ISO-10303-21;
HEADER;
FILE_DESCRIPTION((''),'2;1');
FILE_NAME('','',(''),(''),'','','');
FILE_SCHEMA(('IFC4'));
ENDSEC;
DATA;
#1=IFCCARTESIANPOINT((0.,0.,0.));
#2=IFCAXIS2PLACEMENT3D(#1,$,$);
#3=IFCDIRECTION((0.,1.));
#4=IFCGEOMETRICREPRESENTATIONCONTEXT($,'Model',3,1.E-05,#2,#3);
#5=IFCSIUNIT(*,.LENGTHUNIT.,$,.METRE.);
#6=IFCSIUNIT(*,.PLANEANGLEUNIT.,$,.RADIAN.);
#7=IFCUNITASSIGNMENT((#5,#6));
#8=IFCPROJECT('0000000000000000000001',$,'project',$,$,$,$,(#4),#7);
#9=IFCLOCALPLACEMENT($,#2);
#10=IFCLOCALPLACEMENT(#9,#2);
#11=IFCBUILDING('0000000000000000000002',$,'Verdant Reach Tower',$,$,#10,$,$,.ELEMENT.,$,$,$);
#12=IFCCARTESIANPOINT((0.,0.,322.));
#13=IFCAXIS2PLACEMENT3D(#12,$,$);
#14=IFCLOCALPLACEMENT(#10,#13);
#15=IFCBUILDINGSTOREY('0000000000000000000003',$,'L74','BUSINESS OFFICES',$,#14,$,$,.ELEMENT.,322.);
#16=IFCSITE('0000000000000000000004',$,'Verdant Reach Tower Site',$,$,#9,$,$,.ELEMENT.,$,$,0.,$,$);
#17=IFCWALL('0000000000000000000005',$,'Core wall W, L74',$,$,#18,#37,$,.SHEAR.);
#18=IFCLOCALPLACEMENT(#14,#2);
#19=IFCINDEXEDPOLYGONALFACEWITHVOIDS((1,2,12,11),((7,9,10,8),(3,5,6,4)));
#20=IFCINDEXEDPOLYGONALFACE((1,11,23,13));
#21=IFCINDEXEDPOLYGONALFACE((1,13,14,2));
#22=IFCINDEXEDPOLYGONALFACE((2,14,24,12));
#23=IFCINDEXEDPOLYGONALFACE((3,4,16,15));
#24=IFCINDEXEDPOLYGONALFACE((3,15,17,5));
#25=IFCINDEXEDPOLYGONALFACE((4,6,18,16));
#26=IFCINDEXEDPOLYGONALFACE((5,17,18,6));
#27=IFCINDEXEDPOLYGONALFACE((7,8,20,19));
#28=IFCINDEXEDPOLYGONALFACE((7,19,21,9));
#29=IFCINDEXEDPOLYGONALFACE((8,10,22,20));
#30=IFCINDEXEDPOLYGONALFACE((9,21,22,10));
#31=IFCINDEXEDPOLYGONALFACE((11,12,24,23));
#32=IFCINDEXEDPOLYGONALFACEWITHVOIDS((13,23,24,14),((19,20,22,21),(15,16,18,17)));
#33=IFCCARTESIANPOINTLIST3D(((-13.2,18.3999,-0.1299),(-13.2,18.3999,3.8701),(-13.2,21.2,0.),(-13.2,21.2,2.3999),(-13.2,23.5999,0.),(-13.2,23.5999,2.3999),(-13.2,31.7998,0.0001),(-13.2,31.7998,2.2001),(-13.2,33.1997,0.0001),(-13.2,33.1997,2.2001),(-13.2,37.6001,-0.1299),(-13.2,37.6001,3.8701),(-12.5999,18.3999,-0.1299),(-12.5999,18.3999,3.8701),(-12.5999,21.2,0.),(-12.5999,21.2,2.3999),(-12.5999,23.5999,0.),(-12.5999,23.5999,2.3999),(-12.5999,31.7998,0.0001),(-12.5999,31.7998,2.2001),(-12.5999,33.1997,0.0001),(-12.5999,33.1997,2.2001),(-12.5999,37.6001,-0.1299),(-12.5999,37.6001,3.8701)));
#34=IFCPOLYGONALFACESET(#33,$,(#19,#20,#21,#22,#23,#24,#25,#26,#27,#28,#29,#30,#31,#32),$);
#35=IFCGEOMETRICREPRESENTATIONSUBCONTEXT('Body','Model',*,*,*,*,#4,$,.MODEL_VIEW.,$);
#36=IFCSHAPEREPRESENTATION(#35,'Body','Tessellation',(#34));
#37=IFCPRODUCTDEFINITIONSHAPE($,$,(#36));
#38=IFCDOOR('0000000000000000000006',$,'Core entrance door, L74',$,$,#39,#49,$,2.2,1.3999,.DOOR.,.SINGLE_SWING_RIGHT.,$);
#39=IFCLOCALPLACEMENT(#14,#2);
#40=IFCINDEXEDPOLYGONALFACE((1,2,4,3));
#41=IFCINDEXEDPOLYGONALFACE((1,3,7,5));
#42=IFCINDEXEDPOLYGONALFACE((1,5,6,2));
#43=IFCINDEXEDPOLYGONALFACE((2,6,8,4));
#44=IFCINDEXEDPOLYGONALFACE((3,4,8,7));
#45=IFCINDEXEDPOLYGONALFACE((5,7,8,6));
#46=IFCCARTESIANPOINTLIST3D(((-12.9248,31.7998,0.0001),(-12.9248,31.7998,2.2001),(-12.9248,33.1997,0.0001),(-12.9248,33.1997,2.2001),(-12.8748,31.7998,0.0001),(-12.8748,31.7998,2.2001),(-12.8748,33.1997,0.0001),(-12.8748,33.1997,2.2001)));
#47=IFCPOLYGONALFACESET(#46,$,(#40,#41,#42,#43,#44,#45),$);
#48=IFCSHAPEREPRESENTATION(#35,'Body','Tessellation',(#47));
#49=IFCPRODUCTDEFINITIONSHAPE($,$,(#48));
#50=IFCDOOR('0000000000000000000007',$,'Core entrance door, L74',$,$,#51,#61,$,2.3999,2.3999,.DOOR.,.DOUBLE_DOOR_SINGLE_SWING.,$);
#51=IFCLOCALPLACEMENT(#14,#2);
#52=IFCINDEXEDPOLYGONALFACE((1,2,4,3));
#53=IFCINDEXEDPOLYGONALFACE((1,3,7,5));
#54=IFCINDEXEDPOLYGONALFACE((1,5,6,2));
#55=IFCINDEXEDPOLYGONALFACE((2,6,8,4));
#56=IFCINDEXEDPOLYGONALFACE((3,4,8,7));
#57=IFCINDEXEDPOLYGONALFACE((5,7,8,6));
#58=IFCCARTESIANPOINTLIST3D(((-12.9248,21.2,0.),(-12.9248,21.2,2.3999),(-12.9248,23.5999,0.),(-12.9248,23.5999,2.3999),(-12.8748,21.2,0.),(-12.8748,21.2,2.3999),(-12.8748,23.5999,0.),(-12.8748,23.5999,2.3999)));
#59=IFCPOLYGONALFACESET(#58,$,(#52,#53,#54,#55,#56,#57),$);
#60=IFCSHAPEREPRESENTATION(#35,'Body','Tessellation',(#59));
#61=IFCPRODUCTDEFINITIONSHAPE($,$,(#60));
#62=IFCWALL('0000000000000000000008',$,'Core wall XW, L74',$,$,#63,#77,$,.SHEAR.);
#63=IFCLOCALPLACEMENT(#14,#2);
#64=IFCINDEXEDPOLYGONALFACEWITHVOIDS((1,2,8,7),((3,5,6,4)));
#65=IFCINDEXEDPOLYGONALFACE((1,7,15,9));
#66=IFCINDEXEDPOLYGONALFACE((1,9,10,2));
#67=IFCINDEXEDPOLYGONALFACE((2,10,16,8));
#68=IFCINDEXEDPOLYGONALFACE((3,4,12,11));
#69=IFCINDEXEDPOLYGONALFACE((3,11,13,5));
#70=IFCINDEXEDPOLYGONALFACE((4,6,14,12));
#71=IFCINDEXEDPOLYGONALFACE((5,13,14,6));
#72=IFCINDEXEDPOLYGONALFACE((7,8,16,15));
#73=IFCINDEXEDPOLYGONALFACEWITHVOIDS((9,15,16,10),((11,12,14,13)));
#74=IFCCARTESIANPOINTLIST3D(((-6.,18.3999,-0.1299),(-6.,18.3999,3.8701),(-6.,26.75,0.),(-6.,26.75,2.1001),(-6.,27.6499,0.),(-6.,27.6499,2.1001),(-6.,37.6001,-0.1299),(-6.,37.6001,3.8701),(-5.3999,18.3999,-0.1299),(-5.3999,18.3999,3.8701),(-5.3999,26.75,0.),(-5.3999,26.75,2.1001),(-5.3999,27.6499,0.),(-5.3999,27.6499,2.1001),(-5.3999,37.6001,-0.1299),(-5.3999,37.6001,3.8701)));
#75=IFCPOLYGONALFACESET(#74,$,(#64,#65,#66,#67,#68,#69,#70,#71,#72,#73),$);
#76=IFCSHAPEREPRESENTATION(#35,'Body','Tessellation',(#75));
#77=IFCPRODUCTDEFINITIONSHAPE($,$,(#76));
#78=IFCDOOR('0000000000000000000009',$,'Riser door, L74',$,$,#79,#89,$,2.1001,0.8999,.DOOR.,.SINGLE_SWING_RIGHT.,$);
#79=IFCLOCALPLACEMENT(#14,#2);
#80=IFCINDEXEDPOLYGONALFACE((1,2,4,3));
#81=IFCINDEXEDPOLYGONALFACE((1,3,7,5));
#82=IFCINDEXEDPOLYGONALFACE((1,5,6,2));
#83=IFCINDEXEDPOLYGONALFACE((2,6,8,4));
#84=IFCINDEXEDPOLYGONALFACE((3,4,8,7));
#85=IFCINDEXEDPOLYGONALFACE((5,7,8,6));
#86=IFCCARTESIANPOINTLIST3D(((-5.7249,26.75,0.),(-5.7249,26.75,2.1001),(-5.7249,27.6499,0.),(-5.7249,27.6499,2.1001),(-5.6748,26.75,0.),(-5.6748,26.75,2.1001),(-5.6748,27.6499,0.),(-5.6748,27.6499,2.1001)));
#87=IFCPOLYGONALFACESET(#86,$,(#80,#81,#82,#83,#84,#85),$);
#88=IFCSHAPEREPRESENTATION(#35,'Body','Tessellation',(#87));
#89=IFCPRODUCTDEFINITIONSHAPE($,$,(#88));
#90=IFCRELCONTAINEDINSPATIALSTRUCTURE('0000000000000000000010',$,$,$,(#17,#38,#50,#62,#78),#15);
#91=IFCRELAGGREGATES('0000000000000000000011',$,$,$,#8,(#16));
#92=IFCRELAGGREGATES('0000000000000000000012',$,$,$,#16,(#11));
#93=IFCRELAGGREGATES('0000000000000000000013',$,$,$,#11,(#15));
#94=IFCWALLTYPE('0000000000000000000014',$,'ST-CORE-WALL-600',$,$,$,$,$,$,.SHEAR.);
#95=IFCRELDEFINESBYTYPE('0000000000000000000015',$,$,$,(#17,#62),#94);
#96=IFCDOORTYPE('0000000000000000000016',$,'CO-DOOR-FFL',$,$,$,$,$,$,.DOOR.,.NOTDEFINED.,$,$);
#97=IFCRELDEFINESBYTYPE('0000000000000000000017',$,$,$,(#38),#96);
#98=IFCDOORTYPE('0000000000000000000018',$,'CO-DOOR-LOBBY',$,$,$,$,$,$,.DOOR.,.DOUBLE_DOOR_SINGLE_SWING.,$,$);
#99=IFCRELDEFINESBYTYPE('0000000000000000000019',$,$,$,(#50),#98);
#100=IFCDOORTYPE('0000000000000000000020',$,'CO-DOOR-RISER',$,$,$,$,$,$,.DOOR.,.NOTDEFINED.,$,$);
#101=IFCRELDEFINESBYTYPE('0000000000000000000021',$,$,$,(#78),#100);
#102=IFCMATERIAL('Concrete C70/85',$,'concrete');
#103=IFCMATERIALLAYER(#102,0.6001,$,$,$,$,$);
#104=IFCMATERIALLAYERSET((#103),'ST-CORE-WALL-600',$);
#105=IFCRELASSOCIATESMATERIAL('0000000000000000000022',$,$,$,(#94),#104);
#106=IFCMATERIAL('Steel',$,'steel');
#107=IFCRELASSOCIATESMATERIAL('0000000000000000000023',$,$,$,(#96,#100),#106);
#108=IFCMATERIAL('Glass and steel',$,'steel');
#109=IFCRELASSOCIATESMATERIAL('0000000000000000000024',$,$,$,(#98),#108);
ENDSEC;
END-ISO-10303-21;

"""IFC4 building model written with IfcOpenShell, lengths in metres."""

from ifc_helpers import new_model, si_unit, direction, frame, frame_2d, origin, place, context, subcontext, project, spatial, rectangle, extrude, material, layer, layer_set, type_object, element, fill, save


model = new_model("IFC4")

# Units and contexts
model_context = context("Model", 3, precision=1e-05, world=origin(), true_north=direction((0.0, 1.0)))
body_context = subcontext(model_context, "Body", "Model", "MODEL_VIEW")
ifc_project = project(units=[si_unit("LENGTHUNIT", "METRE"), si_unit("PLANEANGLEUNIT", "RADIAN")], contexts=[model_context])

# Site, building, storey
site_placement = place(None, origin())
site = spatial("IfcSite", under=ifc_project, at=site_placement, Name="Verdant Reach Tower Site", CompositionType="ELEMENT", RefElevation=0.0)
building_placement = place(site_placement, origin())
building = spatial("IfcBuilding", under=site, at=building_placement, Name="Verdant Reach Tower", CompositionType="ELEMENT")
storey_placement = place(building_placement, frame((0.0, 0.0, 322.0)))
storey = spatial("IfcBuildingStorey", under=building, at=storey_placement, Name="L74", Description="BUSINESS OFFICES", CompositionType="ELEMENT", Elevation=322.0)

# Shared definitions
ifc_material_1 = material(Name="Concrete C70/85", Category="concrete")
ifc_layer_1 = layer(ifc_material_1, 0.6001)
ifc_layer_set_1 = layer_set([ifc_layer_1], Name="ST-CORE-WALL-600")
wall_type_1 = type_object("IfcWallType", Name="ST-CORE-WALL-600", PredefinedType="SHEAR", material=ifc_layer_set_1)

# Wall, openings, doors
wall_1_placement = place(storey_placement, frame((-12.8999, 18.3999, -0.1299), z_axis=(0.0, 0.0, 1.0), x_axis=(0.0, 1.0, 0.0)))
wall_1 = element("IfcWall", 1, at=wall_1_placement, inside=storey, type_object=wall_type_1, Name="Core wall W, L74", PredefinedType="SHEAR", context=body_context, shape_type="SweptSolid", body=[
    extrude(rectangle(XDim=19.2002, YDim=0.6001, at=frame_2d((9.6001, 0.0))), origin(), (0.0, 0.0, 1.0), 4.0),
])
opening_1_placement = place(wall_1_placement, frame((2.8, 0.0, 0.1299)))
opening_1 = element("IfcOpeningElement", 2, at=opening_1_placement, cuts=wall_1, PredefinedType="OPENING", context=body_context, shape_type="SweptSolid", body=[
    extrude(rectangle(XDim=2.3999, YDim=2.3999, at=frame_2d((1.2, 1.2))), frame((0.0, 0.3101, 0.0), z_axis=(0.0, -1.0, 0.0), x_axis=(1.0, 0.0, 0.0)), (0.0, 0.0, 1.0), 0.6201),
])
opening_2_placement = place(wall_1_placement, frame((13.3999, 0.0, 0.1299)))
opening_2 = element("IfcOpeningElement", 3, at=opening_2_placement, cuts=wall_1, PredefinedType="OPENING", context=body_context, shape_type="SweptSolid", body=[
    extrude(rectangle(XDim=1.3999, YDim=2.2, at=frame_2d((0.7, 1.1001))), frame((0.0, 0.3101, 0.0), z_axis=(0.0, -1.0, 0.0), x_axis=(1.0, 0.0, 0.0)), (0.0, 0.0, 1.0), 0.6201),
])
ifc_material_2 = material(Name="Steel", Category="steel")
door_type_1 = type_object("IfcDoorType", Name="CO-DOOR-FFL", OperationType="NOTDEFINED", PredefinedType="DOOR", material=ifc_material_2)
door_1_placement = place(opening_2_placement, origin())
door_1 = element("IfcDoor", 4, at=door_1_placement, inside=storey, type_object=door_type_1, Name="Core entrance door, L74", OperationType="SINGLE_SWING_RIGHT", OverallHeight=2.2, OverallWidth=1.3999, PredefinedType="DOOR", context=body_context, shape_type="SweptSolid", body=[
    extrude(rectangle(XDim=1.3999, YDim=2.2, at=frame_2d((0.7, 1.1001))), frame((0.0, 0.0249, 0.0), z_axis=(0.0, -1.0, 0.0), x_axis=(1.0, 0.0, 0.0)), (0.0, 0.0, 1.0), 0.05),
])
fill(opening_2, door_1)
ifc_material_3 = material(Name="Glass and steel", Category="steel")
door_type_2 = type_object("IfcDoorType", Name="CO-DOOR-LOBBY", OperationType="DOUBLE_DOOR_SINGLE_SWING", PredefinedType="DOOR", material=ifc_material_3)
door_2_placement = place(opening_1_placement, origin())
door_2 = element("IfcDoor", 5, at=door_2_placement, inside=storey, type_object=door_type_2, Name="Core entrance door, L74", OperationType="DOUBLE_DOOR_SINGLE_SWING", OverallHeight=2.3999, OverallWidth=2.3999, PredefinedType="DOOR", context=body_context, shape_type="SweptSolid", body=[
    extrude(rectangle(XDim=2.3999, YDim=2.3999, at=frame_2d((1.2, 1.2))), frame((0.0, 0.0249, 0.0), z_axis=(0.0, -1.0, 0.0), x_axis=(1.0, 0.0, 0.0)), (0.0, 0.0, 1.0), 0.05),
])
fill(opening_1, door_2)

# Wall, opening, door
wall_2_placement = place(storey_placement, frame((-5.7, 18.3999, -0.1299), z_axis=(0.0, 0.0, 1.0), x_axis=(0.0, 1.0, 0.0)))
wall_2 = element("IfcWall", 6, at=wall_2_placement, inside=storey, type_object=wall_type_1, Name="Core wall XW, L74", PredefinedType="SHEAR", context=body_context, shape_type="SweptSolid", body=[
    extrude(rectangle(XDim=19.2002, YDim=0.6001, at=frame_2d((9.6001, 0.0))), origin(), (0.0, 0.0, 1.0), 4.0),
])
opening_3_placement = place(wall_2_placement, frame((8.3501, 0.0, 0.1299)))
opening_3 = element("IfcOpeningElement", 7, at=opening_3_placement, cuts=wall_2, PredefinedType="OPENING", context=body_context, shape_type="SweptSolid", body=[
    extrude(rectangle(XDim=0.8999, YDim=2.1001, at=frame_2d((0.45, 1.05))), frame((0.0, 0.3101, 0.0), z_axis=(0.0, -1.0, 0.0), x_axis=(1.0, 0.0, 0.0)), (0.0, 0.0, 1.0), 0.6201),
])
door_type_3 = type_object("IfcDoorType", Name="CO-DOOR-RISER", OperationType="NOTDEFINED", PredefinedType="DOOR", material=ifc_material_2)
door_3_placement = place(opening_3_placement, origin())
door_3 = element("IfcDoor", 8, at=door_3_placement, inside=storey, type_object=door_type_3, Name="Riser door, L74", OperationType="SINGLE_SWING_RIGHT", OverallHeight=2.1001, OverallWidth=0.8999, PredefinedType="DOOR", context=body_context, shape_type="SweptSolid", body=[
    extrude(rectangle(XDim=0.8999, YDim=2.1001, at=frame_2d((0.45, 1.05))), frame((0.0, 0.0249, 0.0), z_axis=(0.0, -1.0, 0.0), x_axis=(1.0, 0.0, 0.0)), (0.0, 0.0, 1.0), 0.05),
])
fill(opening_3, door_3)

save(model, "model.ifc")
